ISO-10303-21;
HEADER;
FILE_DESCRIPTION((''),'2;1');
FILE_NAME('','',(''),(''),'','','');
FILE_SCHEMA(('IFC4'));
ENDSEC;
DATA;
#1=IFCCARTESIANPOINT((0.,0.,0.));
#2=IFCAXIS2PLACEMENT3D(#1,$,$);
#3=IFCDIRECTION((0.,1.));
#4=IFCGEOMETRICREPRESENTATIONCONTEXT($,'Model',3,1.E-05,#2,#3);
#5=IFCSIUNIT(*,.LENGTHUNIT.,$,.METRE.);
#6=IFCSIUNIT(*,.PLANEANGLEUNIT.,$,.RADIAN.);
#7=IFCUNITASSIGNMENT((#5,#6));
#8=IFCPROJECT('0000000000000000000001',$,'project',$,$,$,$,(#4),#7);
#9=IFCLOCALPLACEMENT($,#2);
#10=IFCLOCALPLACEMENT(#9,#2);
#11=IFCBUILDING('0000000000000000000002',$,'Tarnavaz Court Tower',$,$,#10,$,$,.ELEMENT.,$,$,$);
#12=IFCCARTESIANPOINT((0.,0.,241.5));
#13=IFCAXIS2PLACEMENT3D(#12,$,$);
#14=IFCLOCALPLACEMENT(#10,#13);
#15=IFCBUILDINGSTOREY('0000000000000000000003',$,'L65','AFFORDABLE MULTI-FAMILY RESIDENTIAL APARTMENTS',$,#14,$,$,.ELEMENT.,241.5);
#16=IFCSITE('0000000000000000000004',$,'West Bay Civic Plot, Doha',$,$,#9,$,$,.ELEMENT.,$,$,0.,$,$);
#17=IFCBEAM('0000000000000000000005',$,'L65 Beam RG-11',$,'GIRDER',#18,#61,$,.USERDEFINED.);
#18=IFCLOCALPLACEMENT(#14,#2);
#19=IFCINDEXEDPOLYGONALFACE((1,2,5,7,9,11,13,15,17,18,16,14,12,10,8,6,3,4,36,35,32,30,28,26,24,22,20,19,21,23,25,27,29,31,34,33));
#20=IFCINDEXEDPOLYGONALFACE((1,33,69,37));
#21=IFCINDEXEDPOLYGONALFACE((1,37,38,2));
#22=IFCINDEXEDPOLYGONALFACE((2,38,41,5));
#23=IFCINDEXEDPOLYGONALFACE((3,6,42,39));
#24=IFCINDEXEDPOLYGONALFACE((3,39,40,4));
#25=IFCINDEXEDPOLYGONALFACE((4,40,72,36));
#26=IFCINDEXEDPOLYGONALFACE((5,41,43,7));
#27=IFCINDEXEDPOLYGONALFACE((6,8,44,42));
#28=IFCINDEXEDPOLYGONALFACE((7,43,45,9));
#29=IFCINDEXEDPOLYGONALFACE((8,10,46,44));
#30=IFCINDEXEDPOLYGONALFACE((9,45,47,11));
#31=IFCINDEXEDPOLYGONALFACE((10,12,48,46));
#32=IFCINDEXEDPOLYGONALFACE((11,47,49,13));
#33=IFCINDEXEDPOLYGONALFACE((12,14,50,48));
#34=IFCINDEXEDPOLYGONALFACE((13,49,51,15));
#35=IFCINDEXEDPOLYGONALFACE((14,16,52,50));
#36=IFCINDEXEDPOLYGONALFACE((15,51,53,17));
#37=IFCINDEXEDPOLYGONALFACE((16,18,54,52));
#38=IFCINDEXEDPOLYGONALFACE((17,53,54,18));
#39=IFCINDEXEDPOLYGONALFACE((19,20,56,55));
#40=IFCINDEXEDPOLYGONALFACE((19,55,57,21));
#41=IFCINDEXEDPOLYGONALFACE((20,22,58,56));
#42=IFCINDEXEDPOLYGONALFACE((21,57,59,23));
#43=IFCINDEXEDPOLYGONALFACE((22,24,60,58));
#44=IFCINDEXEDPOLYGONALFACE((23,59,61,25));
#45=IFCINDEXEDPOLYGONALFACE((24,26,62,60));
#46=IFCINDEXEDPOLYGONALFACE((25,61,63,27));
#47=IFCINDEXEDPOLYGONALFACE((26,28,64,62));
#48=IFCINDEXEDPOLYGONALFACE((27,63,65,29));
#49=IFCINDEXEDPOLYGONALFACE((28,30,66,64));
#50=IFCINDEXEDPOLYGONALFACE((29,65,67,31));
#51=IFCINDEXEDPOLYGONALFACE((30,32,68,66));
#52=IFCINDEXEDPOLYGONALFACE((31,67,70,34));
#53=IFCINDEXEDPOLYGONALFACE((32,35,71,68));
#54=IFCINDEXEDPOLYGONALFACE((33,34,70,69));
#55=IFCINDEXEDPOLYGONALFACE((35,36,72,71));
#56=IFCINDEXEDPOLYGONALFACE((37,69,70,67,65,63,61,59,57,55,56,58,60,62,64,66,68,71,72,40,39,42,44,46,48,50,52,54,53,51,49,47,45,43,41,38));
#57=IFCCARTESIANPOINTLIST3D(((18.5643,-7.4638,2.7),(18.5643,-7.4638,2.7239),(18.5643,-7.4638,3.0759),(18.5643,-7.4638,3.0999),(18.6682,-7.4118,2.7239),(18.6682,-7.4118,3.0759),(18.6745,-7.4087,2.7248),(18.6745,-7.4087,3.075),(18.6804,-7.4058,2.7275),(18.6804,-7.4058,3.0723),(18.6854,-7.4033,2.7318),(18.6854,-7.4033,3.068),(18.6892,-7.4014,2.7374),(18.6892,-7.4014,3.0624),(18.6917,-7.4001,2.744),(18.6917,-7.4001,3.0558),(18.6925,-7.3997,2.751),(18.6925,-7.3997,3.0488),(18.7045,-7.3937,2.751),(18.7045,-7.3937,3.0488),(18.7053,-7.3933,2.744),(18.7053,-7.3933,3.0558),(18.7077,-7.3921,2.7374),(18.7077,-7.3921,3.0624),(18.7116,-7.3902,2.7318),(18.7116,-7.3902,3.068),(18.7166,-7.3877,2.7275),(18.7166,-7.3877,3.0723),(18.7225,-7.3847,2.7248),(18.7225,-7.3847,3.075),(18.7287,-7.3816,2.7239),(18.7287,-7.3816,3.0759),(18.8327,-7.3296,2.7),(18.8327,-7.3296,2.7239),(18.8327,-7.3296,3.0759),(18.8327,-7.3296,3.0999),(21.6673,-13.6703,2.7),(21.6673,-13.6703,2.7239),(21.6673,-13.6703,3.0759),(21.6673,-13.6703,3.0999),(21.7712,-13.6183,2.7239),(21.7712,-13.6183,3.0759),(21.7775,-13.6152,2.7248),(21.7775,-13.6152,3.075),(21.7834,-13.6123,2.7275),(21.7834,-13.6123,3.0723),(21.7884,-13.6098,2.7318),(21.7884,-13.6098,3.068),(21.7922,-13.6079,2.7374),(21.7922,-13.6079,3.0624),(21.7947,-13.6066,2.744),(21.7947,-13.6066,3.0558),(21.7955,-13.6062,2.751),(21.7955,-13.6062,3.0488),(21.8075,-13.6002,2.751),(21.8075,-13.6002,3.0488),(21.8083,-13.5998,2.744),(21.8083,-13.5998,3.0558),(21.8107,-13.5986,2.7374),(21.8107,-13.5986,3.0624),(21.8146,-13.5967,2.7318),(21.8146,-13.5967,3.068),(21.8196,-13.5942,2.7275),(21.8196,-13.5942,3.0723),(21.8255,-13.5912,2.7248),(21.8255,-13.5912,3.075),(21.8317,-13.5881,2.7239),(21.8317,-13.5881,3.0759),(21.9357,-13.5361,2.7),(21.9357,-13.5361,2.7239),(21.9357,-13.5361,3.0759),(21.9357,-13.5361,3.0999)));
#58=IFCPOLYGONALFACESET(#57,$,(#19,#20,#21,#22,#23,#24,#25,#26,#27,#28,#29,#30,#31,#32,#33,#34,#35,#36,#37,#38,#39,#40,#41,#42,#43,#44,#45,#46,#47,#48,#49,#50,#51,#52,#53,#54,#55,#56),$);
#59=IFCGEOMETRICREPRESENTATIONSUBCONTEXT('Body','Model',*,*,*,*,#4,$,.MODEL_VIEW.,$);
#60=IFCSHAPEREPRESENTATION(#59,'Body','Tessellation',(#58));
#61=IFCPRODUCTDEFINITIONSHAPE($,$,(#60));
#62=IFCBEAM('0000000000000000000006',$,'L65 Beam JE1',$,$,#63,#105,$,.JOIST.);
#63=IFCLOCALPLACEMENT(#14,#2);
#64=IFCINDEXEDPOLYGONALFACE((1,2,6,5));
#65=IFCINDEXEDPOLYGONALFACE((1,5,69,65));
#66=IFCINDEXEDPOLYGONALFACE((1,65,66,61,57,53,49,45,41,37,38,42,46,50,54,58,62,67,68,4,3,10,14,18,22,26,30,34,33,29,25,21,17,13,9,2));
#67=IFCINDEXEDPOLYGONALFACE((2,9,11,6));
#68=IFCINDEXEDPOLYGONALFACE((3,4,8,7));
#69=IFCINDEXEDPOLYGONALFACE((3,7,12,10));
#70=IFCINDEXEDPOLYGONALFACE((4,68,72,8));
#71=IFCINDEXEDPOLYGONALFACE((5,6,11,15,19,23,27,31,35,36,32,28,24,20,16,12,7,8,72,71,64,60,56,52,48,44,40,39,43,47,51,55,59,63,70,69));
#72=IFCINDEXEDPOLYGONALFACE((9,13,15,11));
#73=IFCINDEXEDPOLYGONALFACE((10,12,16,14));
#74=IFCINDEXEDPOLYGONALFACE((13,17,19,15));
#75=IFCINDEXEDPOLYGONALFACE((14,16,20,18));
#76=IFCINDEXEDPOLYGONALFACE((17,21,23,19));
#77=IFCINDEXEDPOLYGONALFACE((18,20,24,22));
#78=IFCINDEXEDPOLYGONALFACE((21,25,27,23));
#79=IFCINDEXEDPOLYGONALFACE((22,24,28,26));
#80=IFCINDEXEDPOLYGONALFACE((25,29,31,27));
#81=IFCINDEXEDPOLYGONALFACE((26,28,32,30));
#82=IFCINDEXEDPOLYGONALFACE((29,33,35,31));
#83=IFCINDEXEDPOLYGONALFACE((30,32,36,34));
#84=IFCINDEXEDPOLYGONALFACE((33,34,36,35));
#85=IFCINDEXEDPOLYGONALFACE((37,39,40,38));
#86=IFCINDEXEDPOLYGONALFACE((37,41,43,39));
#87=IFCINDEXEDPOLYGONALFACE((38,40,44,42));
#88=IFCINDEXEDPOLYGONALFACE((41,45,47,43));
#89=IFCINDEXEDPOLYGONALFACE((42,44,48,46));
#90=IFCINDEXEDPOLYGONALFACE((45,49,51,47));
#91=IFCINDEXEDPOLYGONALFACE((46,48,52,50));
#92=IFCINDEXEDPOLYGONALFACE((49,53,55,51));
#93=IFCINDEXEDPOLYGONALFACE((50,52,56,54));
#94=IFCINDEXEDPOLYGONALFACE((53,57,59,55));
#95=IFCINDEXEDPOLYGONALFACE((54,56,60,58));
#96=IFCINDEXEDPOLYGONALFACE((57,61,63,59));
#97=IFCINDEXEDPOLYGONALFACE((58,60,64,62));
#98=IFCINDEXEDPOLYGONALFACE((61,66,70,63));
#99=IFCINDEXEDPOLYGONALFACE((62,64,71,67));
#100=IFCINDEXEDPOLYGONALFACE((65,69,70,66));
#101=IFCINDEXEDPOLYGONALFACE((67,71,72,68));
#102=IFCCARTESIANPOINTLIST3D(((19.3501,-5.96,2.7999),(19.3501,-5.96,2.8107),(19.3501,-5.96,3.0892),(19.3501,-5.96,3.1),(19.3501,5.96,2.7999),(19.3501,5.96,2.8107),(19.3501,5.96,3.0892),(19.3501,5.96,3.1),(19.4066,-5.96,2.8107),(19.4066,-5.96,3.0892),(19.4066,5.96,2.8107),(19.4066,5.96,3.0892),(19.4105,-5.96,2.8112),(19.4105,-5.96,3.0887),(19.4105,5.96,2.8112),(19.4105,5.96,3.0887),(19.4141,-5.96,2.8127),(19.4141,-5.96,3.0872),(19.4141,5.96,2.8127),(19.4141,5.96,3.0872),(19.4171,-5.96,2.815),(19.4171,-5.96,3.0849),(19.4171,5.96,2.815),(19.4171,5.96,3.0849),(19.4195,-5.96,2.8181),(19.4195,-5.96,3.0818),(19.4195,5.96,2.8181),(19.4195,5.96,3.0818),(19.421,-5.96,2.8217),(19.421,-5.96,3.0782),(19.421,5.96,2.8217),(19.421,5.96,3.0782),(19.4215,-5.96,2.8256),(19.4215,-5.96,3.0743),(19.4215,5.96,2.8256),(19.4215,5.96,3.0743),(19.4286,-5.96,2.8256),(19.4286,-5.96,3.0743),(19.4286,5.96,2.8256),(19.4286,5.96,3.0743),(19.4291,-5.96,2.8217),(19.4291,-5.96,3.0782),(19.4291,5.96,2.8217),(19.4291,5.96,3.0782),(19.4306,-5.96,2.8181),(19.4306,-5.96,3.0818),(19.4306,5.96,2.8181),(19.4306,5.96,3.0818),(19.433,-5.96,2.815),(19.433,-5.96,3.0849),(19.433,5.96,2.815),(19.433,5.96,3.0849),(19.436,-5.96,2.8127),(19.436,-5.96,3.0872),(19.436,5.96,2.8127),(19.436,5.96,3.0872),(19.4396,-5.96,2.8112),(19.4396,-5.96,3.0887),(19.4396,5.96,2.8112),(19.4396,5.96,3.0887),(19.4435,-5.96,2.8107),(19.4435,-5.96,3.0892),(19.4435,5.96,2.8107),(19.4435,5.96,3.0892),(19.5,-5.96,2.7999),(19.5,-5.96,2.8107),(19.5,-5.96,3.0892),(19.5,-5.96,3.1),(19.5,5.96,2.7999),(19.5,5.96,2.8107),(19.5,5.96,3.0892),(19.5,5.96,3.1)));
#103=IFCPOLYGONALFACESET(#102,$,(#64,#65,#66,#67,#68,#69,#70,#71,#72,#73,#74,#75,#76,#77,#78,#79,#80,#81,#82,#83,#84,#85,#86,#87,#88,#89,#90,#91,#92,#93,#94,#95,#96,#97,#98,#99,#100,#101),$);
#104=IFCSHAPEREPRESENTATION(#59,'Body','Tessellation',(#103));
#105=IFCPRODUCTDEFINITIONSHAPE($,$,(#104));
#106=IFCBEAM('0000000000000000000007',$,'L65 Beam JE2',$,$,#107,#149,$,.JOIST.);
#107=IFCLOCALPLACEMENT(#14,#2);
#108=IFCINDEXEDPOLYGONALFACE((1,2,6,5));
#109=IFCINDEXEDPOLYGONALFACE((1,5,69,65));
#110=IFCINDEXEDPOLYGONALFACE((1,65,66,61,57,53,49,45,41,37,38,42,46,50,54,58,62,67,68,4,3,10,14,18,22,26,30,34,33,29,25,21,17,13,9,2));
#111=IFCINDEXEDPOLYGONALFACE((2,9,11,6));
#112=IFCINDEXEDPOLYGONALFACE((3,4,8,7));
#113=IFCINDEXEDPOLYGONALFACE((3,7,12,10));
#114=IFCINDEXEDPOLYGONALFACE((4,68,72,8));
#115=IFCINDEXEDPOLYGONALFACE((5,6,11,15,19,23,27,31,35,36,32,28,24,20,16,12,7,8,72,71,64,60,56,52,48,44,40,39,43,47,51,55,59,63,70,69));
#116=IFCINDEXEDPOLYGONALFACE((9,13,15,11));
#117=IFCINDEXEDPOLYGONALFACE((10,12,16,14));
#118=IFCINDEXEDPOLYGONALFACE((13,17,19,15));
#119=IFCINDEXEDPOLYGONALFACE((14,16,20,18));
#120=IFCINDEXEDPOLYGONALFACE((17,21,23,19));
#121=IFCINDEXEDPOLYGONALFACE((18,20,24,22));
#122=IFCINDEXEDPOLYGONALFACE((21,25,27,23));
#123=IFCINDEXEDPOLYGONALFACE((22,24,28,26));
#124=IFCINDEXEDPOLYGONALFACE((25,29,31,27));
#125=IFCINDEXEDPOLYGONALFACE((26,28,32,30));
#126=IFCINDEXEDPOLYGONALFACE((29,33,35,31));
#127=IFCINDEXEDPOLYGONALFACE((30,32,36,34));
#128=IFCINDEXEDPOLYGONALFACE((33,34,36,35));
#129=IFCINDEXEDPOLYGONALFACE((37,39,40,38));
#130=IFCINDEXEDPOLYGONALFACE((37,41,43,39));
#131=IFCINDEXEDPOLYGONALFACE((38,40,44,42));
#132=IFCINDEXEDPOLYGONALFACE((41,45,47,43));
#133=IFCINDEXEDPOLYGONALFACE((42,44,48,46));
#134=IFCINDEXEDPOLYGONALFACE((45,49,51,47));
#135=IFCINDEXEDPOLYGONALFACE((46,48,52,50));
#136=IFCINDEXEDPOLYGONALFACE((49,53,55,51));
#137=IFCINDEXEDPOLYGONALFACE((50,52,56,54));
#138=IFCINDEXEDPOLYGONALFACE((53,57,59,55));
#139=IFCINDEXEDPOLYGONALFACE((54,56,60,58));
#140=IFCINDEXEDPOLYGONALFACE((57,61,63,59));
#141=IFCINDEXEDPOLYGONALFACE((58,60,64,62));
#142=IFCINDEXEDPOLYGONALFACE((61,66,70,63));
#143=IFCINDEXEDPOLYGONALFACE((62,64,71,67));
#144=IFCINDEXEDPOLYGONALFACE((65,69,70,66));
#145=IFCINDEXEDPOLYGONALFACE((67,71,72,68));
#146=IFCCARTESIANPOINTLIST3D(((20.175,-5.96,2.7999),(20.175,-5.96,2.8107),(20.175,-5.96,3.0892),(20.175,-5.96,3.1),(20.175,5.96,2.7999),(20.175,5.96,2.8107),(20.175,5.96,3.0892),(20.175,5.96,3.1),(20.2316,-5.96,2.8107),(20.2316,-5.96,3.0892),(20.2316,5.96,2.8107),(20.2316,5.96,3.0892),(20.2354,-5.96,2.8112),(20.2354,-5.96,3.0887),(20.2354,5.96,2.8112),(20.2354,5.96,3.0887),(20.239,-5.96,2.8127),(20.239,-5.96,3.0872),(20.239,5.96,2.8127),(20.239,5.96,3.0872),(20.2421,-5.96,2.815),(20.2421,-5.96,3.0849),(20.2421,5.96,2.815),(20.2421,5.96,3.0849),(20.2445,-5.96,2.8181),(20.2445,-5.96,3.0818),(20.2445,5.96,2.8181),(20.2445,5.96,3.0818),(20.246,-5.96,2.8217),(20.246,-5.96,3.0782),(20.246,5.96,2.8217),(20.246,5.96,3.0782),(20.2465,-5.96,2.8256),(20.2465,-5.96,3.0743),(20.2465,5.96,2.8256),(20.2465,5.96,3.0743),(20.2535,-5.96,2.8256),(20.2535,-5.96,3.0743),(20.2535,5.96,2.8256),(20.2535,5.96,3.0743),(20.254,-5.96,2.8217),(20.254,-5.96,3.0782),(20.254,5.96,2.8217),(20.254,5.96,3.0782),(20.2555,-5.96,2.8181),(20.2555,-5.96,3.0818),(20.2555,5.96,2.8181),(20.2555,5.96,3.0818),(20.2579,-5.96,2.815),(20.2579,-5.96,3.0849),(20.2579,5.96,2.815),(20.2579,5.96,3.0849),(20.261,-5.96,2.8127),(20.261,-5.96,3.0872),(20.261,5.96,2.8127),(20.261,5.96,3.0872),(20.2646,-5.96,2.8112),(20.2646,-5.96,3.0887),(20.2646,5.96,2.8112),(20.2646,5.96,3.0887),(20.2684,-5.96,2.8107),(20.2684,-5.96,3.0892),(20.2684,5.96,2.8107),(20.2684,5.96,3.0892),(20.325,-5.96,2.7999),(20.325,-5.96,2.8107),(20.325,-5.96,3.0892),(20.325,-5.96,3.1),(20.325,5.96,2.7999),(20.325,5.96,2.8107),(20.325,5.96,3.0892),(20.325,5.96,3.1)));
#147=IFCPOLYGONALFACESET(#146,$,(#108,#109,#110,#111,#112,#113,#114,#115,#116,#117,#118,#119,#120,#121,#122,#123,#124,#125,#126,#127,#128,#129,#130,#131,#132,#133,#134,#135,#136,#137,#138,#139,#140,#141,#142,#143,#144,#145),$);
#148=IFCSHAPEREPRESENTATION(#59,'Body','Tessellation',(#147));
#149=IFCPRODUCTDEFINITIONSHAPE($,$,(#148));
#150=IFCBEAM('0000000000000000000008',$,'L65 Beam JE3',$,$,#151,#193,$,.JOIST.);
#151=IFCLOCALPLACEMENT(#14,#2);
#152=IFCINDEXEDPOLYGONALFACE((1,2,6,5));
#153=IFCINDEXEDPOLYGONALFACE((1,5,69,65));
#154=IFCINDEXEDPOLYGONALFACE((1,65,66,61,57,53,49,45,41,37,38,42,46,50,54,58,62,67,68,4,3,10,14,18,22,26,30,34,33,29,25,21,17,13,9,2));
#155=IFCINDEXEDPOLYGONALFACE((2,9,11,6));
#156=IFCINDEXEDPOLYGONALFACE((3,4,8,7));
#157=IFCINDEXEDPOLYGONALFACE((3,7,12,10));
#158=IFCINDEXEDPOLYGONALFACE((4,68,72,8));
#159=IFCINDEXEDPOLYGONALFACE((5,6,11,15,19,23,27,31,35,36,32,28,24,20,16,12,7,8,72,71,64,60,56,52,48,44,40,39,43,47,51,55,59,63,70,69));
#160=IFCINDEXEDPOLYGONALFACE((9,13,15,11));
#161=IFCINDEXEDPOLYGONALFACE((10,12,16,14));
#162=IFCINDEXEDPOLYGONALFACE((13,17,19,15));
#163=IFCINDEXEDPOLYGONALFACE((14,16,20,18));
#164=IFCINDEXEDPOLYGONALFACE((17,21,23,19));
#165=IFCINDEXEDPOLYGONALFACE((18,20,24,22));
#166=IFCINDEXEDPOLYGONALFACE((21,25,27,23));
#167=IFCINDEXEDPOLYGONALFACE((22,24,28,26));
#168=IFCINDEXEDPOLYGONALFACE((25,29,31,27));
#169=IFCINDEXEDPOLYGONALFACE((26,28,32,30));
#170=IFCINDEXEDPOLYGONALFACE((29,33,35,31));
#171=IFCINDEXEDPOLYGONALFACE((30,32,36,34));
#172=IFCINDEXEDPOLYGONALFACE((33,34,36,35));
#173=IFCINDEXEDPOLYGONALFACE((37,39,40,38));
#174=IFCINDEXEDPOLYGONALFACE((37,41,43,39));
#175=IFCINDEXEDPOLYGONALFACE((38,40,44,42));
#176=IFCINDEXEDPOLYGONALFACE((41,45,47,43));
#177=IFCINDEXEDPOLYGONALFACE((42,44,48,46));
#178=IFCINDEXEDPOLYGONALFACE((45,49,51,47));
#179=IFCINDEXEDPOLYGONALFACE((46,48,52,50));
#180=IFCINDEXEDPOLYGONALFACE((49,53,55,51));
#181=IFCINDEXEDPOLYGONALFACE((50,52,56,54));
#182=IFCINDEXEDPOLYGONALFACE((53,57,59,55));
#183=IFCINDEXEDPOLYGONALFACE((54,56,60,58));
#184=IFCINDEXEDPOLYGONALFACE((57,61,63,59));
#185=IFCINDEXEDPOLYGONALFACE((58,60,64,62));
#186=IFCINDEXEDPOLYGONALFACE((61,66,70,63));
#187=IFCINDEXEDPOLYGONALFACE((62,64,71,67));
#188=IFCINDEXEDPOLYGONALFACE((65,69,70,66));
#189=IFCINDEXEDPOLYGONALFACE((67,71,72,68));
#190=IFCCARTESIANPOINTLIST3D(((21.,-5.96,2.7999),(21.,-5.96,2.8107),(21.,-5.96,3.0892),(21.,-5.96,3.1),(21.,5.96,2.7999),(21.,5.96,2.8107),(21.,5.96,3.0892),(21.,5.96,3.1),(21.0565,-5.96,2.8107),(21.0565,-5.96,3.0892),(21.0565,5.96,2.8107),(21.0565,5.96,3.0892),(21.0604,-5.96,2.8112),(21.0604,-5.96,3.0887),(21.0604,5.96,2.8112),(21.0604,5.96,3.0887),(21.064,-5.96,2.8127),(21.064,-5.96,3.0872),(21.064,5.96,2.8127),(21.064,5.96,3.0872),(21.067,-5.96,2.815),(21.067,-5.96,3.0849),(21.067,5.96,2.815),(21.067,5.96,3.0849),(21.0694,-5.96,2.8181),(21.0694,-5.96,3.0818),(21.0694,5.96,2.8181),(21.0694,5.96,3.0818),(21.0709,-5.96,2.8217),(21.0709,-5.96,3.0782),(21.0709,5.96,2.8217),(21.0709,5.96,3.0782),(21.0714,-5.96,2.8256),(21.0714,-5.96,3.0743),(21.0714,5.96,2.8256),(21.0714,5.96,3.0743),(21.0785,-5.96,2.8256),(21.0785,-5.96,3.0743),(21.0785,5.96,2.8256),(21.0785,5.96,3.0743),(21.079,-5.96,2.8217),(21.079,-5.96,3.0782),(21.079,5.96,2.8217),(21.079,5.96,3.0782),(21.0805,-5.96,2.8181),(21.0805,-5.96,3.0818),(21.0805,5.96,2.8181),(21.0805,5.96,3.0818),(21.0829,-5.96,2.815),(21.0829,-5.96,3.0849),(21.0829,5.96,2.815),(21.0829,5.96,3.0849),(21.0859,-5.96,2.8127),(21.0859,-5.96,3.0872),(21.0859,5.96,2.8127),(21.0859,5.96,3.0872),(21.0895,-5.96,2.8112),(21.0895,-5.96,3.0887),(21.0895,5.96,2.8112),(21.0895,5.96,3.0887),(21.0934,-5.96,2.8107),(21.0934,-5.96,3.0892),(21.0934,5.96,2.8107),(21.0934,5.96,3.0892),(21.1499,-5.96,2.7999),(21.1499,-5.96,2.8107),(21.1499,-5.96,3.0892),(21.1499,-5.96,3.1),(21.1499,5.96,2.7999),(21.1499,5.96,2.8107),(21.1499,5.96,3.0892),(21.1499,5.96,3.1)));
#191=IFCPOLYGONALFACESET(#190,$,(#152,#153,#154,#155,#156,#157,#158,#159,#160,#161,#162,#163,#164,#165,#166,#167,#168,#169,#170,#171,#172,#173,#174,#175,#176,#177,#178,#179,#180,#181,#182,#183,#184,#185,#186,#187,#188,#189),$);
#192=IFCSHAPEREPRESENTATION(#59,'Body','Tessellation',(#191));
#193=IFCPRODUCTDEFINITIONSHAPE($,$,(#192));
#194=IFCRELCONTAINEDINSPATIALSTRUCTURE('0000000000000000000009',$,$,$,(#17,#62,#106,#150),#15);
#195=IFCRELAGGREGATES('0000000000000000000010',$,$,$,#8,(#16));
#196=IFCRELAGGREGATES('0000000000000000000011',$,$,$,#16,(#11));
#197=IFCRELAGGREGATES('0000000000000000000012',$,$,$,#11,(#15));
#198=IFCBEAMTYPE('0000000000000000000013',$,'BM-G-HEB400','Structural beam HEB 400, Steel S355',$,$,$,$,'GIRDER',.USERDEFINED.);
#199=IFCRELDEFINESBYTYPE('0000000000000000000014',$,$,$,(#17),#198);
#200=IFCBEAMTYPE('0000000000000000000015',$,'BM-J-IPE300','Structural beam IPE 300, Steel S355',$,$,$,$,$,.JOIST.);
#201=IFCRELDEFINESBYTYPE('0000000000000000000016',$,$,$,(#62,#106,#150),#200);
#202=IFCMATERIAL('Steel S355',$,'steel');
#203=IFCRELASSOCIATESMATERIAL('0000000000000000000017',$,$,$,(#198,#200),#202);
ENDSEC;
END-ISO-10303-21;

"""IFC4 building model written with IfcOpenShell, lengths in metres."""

from ifc_helpers import new_model, si_unit, direction, frame, origin, origin_2d, place, context, subcontext, project, spatial, i_section, extrude, material, material_profile, profile_set, type_object, element, save


model = new_model("IFC4")

# Units and contexts
model_context = context("Model", 3, precision=1e-05, world=origin(), true_north=direction((0.0, 1.0)))
body_context = subcontext(model_context, "Body", "Model", "MODEL_VIEW")
ifc_project = project(units=[si_unit("LENGTHUNIT", "METRE"), si_unit("PLANEANGLEUNIT", "RADIAN")], contexts=[model_context])

# Site, building, storey
site_placement = place(None, origin())
site = spatial("IfcSite", under=ifc_project, at=site_placement, Name="West Bay Civic Plot, Doha", CompositionType="ELEMENT", RefElevation=0.0)
building_placement = place(site_placement, origin())
building = spatial("IfcBuilding", under=site, at=building_placement, Name="Tarnavaz Court Tower", CompositionType="ELEMENT")
storey_placement = place(building_placement, frame((0.0, 0.0, 241.5)))
storey = spatial("IfcBuildingStorey", under=building, at=storey_placement, Name="L65", Description="AFFORDABLE MULTI-FAMILY RESIDENTIAL APARTMENTS", CompositionType="ELEMENT", Elevation=241.5)

# Beams
ifc_material_1 = material(Name="Steel S355", Category="steel")
ifc_material_profile_1 = material_profile(ifc_material_1, i_section(OverallWidth=0.3, OverallDepth=0.3999, WebThickness=0.0134, FlangeThickness=0.0239, FilletRadius=0.0271, at=origin_2d()), Name="HEB 400")
ifc_profile_set_1 = profile_set([ifc_material_profile_1], Name="Steel S355")
beam_type_1 = type_object("IfcBeamType", Name="BM-G-HEB400", Description="Structural beam HEB 400, Steel S355", ElementType="GIRDER", PredefinedType="USERDEFINED", material=ifc_profile_set_1)
beam_1_placement = place(storey_placement, frame((18.6985, -7.3967, 2.8999), z_axis=(0.447185, -0.894441, 0.0), x_axis=(0.894441, 0.447185, 0.0)))
element("IfcBeam", 1, at=beam_1_placement, inside=storey, type_object=beam_type_1, Name="L65 Beam RG-11", ObjectType="GIRDER", PredefinedType="USERDEFINED", context=body_context, shape_type="SweptSolid", body=[
    extrude(i_section(OverallWidth=0.3, OverallDepth=0.3999, WebThickness=0.0134, FlangeThickness=0.0239, FilletRadius=0.0271, at=origin_2d()), origin(), (0.0, 0.0, 1.0), 6.939),
])
ifc_material_profile_2 = material_profile(ifc_material_1, i_section(OverallWidth=0.1499, OverallDepth=0.3, WebThickness=0.0071, FlangeThickness=0.0107, FilletRadius=0.0149, at=origin_2d()), Name="IPE 300")
ifc_profile_set_2 = profile_set([ifc_material_profile_2], Name="Steel S355")
beam_type_2 = type_object("IfcBeamType", Name="BM-J-IPE300", Description="Structural beam IPE 300, Steel S355", PredefinedType="JOIST", material=ifc_profile_set_2)
for number, where, z_axis, x_axis, name in (
    (2, (19.425, -5.96, 2.95), (0.0, 1.0, 0.0), (-1.0, 0.0, 0.0), "L65 Beam JE1"),
    (3, (20.25, -5.96, 2.95), (0.0, 1.0, 0.0), (-1.0, 0.0, 0.0), "L65 Beam JE2"),
    (4, (21.075, -5.96, 2.95), (0.0, 1.0, 0.0), (-1.0, 0.0, 0.0), "L65 Beam JE3"),
):
    element("IfcBeam", number, at=place(storey_placement, frame(where, z_axis=z_axis, x_axis=x_axis)), inside=storey, type_object=beam_type_2, Name=name, PredefinedType="JOIST", context=body_context, shape_type="SweptSolid", body=[
        extrude(i_section(OverallWidth=0.1499, OverallDepth=0.3, WebThickness=0.0071, FlangeThickness=0.0107, FilletRadius=0.0149, at=origin_2d()), origin(), (0.0, 0.0, 1.0), 11.9199),
    ])

save(model, "model.ifc")
